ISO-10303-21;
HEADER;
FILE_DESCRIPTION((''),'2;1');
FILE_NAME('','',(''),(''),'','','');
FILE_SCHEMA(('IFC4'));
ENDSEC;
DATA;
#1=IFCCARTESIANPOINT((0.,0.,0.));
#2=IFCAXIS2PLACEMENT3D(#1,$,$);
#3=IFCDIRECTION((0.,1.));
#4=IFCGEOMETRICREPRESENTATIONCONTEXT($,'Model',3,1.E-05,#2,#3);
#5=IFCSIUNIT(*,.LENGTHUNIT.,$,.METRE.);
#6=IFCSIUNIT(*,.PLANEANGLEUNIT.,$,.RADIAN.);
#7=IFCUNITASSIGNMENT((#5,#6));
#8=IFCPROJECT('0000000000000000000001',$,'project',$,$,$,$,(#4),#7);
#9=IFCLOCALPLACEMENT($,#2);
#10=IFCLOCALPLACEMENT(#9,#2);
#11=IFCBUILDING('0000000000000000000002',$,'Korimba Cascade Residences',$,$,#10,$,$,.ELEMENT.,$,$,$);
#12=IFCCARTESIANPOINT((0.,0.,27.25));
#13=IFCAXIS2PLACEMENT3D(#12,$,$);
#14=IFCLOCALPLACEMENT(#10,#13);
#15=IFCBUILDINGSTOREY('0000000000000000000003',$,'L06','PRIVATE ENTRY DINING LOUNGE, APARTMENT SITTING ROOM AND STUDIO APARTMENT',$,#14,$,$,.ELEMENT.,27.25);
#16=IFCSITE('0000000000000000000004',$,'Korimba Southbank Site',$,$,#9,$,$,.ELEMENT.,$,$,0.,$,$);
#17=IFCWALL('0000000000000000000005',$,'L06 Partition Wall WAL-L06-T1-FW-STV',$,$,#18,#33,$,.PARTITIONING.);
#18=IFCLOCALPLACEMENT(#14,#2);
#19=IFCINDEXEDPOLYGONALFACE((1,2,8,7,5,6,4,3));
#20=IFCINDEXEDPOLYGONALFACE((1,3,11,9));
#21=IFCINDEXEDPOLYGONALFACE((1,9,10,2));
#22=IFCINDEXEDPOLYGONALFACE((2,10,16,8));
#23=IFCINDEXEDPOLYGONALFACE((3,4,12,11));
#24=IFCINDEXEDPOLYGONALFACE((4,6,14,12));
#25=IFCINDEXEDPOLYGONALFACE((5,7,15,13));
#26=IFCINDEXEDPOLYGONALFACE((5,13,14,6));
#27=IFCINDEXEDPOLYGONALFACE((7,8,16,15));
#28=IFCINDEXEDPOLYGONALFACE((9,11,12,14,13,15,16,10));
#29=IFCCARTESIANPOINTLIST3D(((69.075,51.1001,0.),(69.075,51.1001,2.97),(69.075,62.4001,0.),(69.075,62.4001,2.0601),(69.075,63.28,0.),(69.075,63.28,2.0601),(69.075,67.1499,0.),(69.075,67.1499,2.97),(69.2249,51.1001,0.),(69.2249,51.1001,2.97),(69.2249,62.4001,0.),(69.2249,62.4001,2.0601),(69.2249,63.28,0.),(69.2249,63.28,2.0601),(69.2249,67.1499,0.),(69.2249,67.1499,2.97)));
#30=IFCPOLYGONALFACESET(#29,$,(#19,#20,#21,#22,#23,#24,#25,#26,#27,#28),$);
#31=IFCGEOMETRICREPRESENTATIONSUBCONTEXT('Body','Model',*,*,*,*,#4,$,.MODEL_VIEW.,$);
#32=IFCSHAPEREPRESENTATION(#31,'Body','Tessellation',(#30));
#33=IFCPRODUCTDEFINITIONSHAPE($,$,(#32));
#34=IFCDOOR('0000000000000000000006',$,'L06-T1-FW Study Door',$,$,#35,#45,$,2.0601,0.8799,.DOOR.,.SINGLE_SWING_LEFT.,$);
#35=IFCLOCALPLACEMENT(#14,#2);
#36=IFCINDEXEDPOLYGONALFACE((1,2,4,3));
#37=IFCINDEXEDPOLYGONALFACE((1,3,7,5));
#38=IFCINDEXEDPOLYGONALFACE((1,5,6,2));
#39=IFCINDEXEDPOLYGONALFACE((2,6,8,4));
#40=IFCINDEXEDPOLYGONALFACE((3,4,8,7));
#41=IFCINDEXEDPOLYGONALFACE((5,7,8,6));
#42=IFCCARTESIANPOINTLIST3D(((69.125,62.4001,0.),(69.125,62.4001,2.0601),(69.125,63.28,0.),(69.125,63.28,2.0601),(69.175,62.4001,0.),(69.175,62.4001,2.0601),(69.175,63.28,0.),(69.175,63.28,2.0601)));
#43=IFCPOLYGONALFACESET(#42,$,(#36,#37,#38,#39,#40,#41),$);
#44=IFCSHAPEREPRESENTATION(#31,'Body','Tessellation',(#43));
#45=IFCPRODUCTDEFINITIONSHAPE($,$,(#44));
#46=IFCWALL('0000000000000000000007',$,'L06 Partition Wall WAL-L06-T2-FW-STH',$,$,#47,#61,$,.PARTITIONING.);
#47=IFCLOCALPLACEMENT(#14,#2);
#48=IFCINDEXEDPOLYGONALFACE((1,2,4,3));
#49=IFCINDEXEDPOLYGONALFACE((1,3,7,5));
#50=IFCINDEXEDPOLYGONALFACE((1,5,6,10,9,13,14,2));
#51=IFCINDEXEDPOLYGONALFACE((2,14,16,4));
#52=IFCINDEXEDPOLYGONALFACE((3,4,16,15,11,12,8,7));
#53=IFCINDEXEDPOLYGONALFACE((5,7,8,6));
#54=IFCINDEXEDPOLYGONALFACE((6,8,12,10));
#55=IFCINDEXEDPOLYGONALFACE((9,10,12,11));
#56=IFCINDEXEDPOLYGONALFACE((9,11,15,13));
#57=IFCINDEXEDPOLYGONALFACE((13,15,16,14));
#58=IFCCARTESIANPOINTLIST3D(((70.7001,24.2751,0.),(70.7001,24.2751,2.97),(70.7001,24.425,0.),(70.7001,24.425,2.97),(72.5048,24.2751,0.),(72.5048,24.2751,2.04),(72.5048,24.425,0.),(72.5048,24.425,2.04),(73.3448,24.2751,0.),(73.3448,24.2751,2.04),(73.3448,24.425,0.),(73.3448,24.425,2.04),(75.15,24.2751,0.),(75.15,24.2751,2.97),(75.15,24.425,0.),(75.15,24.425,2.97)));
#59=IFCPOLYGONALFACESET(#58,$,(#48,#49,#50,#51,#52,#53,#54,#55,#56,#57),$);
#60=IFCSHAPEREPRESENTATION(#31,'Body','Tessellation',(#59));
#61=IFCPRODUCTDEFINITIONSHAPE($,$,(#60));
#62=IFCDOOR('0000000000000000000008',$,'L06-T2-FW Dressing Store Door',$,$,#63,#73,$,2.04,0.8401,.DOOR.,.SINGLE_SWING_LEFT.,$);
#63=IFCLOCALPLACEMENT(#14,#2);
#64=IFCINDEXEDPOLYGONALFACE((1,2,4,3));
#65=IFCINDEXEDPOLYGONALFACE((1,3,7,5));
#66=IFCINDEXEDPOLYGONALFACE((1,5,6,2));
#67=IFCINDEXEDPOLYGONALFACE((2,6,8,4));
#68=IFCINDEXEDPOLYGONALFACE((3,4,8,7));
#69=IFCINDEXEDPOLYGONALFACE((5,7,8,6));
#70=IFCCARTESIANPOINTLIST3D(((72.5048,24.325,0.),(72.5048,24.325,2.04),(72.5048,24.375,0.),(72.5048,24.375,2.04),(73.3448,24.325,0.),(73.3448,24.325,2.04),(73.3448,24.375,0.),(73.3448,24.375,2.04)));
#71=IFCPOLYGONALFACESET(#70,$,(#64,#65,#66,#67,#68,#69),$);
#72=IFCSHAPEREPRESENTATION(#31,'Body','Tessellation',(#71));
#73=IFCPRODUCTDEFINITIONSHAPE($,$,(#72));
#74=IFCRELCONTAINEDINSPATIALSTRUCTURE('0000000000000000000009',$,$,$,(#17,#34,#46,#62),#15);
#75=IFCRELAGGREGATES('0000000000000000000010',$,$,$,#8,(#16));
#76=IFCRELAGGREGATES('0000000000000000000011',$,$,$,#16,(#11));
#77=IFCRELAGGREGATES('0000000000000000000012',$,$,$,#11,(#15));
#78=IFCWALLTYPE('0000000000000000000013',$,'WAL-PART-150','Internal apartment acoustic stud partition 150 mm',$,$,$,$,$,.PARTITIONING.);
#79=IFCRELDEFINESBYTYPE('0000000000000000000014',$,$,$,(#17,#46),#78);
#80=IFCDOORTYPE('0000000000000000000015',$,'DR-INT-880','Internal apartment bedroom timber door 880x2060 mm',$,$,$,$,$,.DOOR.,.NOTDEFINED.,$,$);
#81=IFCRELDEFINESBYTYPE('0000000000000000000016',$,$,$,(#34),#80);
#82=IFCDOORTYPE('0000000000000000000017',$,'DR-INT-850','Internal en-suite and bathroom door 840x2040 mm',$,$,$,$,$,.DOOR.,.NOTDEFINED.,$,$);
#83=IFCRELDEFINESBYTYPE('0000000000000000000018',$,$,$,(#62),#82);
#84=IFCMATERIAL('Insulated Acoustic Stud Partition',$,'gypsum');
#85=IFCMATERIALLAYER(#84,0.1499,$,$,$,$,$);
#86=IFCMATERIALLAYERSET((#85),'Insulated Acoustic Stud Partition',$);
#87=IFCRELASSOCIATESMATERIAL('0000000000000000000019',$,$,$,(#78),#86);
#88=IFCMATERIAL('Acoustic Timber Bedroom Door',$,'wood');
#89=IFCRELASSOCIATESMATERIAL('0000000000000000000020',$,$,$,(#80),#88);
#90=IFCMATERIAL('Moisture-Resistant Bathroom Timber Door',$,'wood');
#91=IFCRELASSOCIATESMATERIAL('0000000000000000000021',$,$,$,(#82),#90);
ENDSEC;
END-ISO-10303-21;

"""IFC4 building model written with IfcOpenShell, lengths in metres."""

from ifc_helpers import new_model, si_unit, direction, frame, frame_2d, origin, place, context, subcontext, project, spatial, rectangle, extrude, material, layer, layer_set, type_object, element, fill, save


model = new_model("IFC4")

# Units and contexts
model_context = context("Model", 3, precision=1e-05, world=origin(), true_north=direction((0.0, 1.0)))
body_context = subcontext(model_context, "Body", "Model", "MODEL_VIEW")
ifc_project = project(units=[si_unit("LENGTHUNIT", "METRE"), si_unit("PLANEANGLEUNIT", "RADIAN")], contexts=[model_context])

# Site, building, storey
site_placement = place(None, origin())
site = spatial("IfcSite", under=ifc_project, at=site_placement, Name="Korimba Southbank Site", CompositionType="ELEMENT", RefElevation=0.0)
building_placement = place(site_placement, origin())
building = spatial("IfcBuilding", under=site, at=building_placement, Name="Korimba Cascade Residences", CompositionType="ELEMENT")
storey_placement = place(building_placement, frame((0.0, 0.0, 27.25)))
storey = spatial("IfcBuildingStorey", under=building, at=storey_placement, Name="L06", Description="PRIVATE ENTRY DINING LOUNGE, APARTMENT SITTING ROOM AND STUDIO APARTMENT", CompositionType="ELEMENT", Elevation=27.25)

# Walls, openings, doors
ifc_material_1 = material(Name="Insulated Acoustic Stud Partition", Category="gypsum")
ifc_layer_1 = layer(ifc_material_1, 0.1499)
ifc_layer_set_1 = layer_set([ifc_layer_1], Name="Insulated Acoustic Stud Partition")
wall_type_1 = type_object("IfcWallType", Name="WAL-PART-150", Description="Internal apartment acoustic stud partition 150 mm", PredefinedType="PARTITIONING", material=ifc_layer_set_1)
wall_1_placement = place(storey_placement, frame((69.1499, 51.1001, 0.0), z_axis=(0.0, 0.0, 1.0), x_axis=(0.0, 1.0, 0.0)))
wall_1 = element("IfcWall", 1, at=wall_1_placement, inside=storey, type_object=wall_type_1, Name="L06 Partition Wall WAL-L06-T1-FW-STV", PredefinedType="PARTITIONING", context=body_context, shape_type="SweptSolid", body=[
    extrude(rectangle(XDim=16.0498, YDim=0.1499, at=frame_2d((8.0249, 0.0))), origin(), (0.0, 0.0, 1.0), 2.97),
])
opening_1_placement = place(wall_1_placement, frame((11.3, 0.0, 0.0)))
opening_1 = element("IfcOpeningElement", 2, at=opening_1_placement, cuts=wall_1, PredefinedType="OPENING", context=body_context, shape_type="SweptSolid", body=[
    extrude(rectangle(XDim=0.8799, YDim=2.0601, at=frame_2d((0.4399, 1.03))), frame((0.0, 0.085, 0.0), z_axis=(0.0, -1.0, 0.0), x_axis=(1.0, 0.0, 0.0)), (0.0, 0.0, 1.0), 0.1699),
])
ifc_material_2 = material(Name="Acoustic Timber Bedroom Door", Category="wood")
door_type_1 = type_object("IfcDoorType", Name="DR-INT-880", Description="Internal apartment bedroom timber door 880x2060 mm", OperationType="NOTDEFINED", PredefinedType="DOOR", material=ifc_material_2)
door_1_placement = place(opening_1_placement, origin())
door_1 = element("IfcDoor", 3, at=door_1_placement, inside=storey, type_object=door_type_1, Name="L06-T1-FW Study Door", OperationType="SINGLE_SWING_LEFT", OverallHeight=2.0601, OverallWidth=0.8799, PredefinedType="DOOR", context=body_context, shape_type="SweptSolid", body=[
    extrude(rectangle(XDim=0.8799, YDim=2.0601, at=frame_2d((0.4399, 1.03))), frame((0.0, 0.0249, 0.0), z_axis=(0.0, -1.0, 0.0), x_axis=(1.0, 0.0, 0.0)), (0.0, 0.0, 1.0), 0.05),
])
fill(opening_1, door_1)
wall_2_placement = place(storey_placement, frame((70.7, 24.3501, 0.0), z_axis=(0.0, 0.0, 1.0), x_axis=(1.0, 0.0, 0.0)))
wall_2 = element("IfcWall", 4, at=wall_2_placement, inside=storey, type_object=wall_type_1, Name="L06 Partition Wall WAL-L06-T2-FW-STH", PredefinedType="PARTITIONING", context=body_context, shape_type="SweptSolid", body=[
    extrude(rectangle(XDim=4.45, YDim=0.1499, at=frame_2d((2.2251, 0.0))), origin(), (0.0, 0.0, 1.0), 2.97),
])
opening_2_placement = place(wall_2_placement, frame((1.8049, 0.0, 0.0)))
opening_2 = element("IfcOpeningElement", 5, at=opening_2_placement, cuts=wall_2, PredefinedType="OPENING", context=body_context, shape_type="SweptSolid", body=[
    extrude(rectangle(XDim=0.8401, YDim=2.04, at=frame_2d((0.4199, 1.02))), frame((0.0, 0.085, 0.0), z_axis=(0.0, -1.0, 0.0), x_axis=(1.0, 0.0, 0.0)), (0.0, 0.0, 1.0), 0.1699),
])
ifc_material_3 = material(Name="Moisture-Resistant Bathroom Timber Door", Category="wood")
door_type_2 = type_object("IfcDoorType", Name="DR-INT-850", Description="Internal en-suite and bathroom door 840x2040 mm", OperationType="NOTDEFINED", PredefinedType="DOOR", material=ifc_material_3)
door_2_placement = place(opening_2_placement, origin())
door_2 = element("IfcDoor", 6, at=door_2_placement, inside=storey, type_object=door_type_2, Name="L06-T2-FW Dressing Store Door", OperationType="SINGLE_SWING_LEFT", OverallHeight=2.04, OverallWidth=0.8401, PredefinedType="DOOR", context=body_context, shape_type="SweptSolid", body=[
    extrude(rectangle(XDim=0.8401, YDim=2.04, at=frame_2d((0.4199, 1.02))), frame((0.0, 0.0249, 0.0), z_axis=(0.0, -1.0, 0.0), x_axis=(1.0, 0.0, 0.0)), (0.0, 0.0, 1.0), 0.05),
])
fill(opening_2, door_2)

save(model, "model.ifc")
